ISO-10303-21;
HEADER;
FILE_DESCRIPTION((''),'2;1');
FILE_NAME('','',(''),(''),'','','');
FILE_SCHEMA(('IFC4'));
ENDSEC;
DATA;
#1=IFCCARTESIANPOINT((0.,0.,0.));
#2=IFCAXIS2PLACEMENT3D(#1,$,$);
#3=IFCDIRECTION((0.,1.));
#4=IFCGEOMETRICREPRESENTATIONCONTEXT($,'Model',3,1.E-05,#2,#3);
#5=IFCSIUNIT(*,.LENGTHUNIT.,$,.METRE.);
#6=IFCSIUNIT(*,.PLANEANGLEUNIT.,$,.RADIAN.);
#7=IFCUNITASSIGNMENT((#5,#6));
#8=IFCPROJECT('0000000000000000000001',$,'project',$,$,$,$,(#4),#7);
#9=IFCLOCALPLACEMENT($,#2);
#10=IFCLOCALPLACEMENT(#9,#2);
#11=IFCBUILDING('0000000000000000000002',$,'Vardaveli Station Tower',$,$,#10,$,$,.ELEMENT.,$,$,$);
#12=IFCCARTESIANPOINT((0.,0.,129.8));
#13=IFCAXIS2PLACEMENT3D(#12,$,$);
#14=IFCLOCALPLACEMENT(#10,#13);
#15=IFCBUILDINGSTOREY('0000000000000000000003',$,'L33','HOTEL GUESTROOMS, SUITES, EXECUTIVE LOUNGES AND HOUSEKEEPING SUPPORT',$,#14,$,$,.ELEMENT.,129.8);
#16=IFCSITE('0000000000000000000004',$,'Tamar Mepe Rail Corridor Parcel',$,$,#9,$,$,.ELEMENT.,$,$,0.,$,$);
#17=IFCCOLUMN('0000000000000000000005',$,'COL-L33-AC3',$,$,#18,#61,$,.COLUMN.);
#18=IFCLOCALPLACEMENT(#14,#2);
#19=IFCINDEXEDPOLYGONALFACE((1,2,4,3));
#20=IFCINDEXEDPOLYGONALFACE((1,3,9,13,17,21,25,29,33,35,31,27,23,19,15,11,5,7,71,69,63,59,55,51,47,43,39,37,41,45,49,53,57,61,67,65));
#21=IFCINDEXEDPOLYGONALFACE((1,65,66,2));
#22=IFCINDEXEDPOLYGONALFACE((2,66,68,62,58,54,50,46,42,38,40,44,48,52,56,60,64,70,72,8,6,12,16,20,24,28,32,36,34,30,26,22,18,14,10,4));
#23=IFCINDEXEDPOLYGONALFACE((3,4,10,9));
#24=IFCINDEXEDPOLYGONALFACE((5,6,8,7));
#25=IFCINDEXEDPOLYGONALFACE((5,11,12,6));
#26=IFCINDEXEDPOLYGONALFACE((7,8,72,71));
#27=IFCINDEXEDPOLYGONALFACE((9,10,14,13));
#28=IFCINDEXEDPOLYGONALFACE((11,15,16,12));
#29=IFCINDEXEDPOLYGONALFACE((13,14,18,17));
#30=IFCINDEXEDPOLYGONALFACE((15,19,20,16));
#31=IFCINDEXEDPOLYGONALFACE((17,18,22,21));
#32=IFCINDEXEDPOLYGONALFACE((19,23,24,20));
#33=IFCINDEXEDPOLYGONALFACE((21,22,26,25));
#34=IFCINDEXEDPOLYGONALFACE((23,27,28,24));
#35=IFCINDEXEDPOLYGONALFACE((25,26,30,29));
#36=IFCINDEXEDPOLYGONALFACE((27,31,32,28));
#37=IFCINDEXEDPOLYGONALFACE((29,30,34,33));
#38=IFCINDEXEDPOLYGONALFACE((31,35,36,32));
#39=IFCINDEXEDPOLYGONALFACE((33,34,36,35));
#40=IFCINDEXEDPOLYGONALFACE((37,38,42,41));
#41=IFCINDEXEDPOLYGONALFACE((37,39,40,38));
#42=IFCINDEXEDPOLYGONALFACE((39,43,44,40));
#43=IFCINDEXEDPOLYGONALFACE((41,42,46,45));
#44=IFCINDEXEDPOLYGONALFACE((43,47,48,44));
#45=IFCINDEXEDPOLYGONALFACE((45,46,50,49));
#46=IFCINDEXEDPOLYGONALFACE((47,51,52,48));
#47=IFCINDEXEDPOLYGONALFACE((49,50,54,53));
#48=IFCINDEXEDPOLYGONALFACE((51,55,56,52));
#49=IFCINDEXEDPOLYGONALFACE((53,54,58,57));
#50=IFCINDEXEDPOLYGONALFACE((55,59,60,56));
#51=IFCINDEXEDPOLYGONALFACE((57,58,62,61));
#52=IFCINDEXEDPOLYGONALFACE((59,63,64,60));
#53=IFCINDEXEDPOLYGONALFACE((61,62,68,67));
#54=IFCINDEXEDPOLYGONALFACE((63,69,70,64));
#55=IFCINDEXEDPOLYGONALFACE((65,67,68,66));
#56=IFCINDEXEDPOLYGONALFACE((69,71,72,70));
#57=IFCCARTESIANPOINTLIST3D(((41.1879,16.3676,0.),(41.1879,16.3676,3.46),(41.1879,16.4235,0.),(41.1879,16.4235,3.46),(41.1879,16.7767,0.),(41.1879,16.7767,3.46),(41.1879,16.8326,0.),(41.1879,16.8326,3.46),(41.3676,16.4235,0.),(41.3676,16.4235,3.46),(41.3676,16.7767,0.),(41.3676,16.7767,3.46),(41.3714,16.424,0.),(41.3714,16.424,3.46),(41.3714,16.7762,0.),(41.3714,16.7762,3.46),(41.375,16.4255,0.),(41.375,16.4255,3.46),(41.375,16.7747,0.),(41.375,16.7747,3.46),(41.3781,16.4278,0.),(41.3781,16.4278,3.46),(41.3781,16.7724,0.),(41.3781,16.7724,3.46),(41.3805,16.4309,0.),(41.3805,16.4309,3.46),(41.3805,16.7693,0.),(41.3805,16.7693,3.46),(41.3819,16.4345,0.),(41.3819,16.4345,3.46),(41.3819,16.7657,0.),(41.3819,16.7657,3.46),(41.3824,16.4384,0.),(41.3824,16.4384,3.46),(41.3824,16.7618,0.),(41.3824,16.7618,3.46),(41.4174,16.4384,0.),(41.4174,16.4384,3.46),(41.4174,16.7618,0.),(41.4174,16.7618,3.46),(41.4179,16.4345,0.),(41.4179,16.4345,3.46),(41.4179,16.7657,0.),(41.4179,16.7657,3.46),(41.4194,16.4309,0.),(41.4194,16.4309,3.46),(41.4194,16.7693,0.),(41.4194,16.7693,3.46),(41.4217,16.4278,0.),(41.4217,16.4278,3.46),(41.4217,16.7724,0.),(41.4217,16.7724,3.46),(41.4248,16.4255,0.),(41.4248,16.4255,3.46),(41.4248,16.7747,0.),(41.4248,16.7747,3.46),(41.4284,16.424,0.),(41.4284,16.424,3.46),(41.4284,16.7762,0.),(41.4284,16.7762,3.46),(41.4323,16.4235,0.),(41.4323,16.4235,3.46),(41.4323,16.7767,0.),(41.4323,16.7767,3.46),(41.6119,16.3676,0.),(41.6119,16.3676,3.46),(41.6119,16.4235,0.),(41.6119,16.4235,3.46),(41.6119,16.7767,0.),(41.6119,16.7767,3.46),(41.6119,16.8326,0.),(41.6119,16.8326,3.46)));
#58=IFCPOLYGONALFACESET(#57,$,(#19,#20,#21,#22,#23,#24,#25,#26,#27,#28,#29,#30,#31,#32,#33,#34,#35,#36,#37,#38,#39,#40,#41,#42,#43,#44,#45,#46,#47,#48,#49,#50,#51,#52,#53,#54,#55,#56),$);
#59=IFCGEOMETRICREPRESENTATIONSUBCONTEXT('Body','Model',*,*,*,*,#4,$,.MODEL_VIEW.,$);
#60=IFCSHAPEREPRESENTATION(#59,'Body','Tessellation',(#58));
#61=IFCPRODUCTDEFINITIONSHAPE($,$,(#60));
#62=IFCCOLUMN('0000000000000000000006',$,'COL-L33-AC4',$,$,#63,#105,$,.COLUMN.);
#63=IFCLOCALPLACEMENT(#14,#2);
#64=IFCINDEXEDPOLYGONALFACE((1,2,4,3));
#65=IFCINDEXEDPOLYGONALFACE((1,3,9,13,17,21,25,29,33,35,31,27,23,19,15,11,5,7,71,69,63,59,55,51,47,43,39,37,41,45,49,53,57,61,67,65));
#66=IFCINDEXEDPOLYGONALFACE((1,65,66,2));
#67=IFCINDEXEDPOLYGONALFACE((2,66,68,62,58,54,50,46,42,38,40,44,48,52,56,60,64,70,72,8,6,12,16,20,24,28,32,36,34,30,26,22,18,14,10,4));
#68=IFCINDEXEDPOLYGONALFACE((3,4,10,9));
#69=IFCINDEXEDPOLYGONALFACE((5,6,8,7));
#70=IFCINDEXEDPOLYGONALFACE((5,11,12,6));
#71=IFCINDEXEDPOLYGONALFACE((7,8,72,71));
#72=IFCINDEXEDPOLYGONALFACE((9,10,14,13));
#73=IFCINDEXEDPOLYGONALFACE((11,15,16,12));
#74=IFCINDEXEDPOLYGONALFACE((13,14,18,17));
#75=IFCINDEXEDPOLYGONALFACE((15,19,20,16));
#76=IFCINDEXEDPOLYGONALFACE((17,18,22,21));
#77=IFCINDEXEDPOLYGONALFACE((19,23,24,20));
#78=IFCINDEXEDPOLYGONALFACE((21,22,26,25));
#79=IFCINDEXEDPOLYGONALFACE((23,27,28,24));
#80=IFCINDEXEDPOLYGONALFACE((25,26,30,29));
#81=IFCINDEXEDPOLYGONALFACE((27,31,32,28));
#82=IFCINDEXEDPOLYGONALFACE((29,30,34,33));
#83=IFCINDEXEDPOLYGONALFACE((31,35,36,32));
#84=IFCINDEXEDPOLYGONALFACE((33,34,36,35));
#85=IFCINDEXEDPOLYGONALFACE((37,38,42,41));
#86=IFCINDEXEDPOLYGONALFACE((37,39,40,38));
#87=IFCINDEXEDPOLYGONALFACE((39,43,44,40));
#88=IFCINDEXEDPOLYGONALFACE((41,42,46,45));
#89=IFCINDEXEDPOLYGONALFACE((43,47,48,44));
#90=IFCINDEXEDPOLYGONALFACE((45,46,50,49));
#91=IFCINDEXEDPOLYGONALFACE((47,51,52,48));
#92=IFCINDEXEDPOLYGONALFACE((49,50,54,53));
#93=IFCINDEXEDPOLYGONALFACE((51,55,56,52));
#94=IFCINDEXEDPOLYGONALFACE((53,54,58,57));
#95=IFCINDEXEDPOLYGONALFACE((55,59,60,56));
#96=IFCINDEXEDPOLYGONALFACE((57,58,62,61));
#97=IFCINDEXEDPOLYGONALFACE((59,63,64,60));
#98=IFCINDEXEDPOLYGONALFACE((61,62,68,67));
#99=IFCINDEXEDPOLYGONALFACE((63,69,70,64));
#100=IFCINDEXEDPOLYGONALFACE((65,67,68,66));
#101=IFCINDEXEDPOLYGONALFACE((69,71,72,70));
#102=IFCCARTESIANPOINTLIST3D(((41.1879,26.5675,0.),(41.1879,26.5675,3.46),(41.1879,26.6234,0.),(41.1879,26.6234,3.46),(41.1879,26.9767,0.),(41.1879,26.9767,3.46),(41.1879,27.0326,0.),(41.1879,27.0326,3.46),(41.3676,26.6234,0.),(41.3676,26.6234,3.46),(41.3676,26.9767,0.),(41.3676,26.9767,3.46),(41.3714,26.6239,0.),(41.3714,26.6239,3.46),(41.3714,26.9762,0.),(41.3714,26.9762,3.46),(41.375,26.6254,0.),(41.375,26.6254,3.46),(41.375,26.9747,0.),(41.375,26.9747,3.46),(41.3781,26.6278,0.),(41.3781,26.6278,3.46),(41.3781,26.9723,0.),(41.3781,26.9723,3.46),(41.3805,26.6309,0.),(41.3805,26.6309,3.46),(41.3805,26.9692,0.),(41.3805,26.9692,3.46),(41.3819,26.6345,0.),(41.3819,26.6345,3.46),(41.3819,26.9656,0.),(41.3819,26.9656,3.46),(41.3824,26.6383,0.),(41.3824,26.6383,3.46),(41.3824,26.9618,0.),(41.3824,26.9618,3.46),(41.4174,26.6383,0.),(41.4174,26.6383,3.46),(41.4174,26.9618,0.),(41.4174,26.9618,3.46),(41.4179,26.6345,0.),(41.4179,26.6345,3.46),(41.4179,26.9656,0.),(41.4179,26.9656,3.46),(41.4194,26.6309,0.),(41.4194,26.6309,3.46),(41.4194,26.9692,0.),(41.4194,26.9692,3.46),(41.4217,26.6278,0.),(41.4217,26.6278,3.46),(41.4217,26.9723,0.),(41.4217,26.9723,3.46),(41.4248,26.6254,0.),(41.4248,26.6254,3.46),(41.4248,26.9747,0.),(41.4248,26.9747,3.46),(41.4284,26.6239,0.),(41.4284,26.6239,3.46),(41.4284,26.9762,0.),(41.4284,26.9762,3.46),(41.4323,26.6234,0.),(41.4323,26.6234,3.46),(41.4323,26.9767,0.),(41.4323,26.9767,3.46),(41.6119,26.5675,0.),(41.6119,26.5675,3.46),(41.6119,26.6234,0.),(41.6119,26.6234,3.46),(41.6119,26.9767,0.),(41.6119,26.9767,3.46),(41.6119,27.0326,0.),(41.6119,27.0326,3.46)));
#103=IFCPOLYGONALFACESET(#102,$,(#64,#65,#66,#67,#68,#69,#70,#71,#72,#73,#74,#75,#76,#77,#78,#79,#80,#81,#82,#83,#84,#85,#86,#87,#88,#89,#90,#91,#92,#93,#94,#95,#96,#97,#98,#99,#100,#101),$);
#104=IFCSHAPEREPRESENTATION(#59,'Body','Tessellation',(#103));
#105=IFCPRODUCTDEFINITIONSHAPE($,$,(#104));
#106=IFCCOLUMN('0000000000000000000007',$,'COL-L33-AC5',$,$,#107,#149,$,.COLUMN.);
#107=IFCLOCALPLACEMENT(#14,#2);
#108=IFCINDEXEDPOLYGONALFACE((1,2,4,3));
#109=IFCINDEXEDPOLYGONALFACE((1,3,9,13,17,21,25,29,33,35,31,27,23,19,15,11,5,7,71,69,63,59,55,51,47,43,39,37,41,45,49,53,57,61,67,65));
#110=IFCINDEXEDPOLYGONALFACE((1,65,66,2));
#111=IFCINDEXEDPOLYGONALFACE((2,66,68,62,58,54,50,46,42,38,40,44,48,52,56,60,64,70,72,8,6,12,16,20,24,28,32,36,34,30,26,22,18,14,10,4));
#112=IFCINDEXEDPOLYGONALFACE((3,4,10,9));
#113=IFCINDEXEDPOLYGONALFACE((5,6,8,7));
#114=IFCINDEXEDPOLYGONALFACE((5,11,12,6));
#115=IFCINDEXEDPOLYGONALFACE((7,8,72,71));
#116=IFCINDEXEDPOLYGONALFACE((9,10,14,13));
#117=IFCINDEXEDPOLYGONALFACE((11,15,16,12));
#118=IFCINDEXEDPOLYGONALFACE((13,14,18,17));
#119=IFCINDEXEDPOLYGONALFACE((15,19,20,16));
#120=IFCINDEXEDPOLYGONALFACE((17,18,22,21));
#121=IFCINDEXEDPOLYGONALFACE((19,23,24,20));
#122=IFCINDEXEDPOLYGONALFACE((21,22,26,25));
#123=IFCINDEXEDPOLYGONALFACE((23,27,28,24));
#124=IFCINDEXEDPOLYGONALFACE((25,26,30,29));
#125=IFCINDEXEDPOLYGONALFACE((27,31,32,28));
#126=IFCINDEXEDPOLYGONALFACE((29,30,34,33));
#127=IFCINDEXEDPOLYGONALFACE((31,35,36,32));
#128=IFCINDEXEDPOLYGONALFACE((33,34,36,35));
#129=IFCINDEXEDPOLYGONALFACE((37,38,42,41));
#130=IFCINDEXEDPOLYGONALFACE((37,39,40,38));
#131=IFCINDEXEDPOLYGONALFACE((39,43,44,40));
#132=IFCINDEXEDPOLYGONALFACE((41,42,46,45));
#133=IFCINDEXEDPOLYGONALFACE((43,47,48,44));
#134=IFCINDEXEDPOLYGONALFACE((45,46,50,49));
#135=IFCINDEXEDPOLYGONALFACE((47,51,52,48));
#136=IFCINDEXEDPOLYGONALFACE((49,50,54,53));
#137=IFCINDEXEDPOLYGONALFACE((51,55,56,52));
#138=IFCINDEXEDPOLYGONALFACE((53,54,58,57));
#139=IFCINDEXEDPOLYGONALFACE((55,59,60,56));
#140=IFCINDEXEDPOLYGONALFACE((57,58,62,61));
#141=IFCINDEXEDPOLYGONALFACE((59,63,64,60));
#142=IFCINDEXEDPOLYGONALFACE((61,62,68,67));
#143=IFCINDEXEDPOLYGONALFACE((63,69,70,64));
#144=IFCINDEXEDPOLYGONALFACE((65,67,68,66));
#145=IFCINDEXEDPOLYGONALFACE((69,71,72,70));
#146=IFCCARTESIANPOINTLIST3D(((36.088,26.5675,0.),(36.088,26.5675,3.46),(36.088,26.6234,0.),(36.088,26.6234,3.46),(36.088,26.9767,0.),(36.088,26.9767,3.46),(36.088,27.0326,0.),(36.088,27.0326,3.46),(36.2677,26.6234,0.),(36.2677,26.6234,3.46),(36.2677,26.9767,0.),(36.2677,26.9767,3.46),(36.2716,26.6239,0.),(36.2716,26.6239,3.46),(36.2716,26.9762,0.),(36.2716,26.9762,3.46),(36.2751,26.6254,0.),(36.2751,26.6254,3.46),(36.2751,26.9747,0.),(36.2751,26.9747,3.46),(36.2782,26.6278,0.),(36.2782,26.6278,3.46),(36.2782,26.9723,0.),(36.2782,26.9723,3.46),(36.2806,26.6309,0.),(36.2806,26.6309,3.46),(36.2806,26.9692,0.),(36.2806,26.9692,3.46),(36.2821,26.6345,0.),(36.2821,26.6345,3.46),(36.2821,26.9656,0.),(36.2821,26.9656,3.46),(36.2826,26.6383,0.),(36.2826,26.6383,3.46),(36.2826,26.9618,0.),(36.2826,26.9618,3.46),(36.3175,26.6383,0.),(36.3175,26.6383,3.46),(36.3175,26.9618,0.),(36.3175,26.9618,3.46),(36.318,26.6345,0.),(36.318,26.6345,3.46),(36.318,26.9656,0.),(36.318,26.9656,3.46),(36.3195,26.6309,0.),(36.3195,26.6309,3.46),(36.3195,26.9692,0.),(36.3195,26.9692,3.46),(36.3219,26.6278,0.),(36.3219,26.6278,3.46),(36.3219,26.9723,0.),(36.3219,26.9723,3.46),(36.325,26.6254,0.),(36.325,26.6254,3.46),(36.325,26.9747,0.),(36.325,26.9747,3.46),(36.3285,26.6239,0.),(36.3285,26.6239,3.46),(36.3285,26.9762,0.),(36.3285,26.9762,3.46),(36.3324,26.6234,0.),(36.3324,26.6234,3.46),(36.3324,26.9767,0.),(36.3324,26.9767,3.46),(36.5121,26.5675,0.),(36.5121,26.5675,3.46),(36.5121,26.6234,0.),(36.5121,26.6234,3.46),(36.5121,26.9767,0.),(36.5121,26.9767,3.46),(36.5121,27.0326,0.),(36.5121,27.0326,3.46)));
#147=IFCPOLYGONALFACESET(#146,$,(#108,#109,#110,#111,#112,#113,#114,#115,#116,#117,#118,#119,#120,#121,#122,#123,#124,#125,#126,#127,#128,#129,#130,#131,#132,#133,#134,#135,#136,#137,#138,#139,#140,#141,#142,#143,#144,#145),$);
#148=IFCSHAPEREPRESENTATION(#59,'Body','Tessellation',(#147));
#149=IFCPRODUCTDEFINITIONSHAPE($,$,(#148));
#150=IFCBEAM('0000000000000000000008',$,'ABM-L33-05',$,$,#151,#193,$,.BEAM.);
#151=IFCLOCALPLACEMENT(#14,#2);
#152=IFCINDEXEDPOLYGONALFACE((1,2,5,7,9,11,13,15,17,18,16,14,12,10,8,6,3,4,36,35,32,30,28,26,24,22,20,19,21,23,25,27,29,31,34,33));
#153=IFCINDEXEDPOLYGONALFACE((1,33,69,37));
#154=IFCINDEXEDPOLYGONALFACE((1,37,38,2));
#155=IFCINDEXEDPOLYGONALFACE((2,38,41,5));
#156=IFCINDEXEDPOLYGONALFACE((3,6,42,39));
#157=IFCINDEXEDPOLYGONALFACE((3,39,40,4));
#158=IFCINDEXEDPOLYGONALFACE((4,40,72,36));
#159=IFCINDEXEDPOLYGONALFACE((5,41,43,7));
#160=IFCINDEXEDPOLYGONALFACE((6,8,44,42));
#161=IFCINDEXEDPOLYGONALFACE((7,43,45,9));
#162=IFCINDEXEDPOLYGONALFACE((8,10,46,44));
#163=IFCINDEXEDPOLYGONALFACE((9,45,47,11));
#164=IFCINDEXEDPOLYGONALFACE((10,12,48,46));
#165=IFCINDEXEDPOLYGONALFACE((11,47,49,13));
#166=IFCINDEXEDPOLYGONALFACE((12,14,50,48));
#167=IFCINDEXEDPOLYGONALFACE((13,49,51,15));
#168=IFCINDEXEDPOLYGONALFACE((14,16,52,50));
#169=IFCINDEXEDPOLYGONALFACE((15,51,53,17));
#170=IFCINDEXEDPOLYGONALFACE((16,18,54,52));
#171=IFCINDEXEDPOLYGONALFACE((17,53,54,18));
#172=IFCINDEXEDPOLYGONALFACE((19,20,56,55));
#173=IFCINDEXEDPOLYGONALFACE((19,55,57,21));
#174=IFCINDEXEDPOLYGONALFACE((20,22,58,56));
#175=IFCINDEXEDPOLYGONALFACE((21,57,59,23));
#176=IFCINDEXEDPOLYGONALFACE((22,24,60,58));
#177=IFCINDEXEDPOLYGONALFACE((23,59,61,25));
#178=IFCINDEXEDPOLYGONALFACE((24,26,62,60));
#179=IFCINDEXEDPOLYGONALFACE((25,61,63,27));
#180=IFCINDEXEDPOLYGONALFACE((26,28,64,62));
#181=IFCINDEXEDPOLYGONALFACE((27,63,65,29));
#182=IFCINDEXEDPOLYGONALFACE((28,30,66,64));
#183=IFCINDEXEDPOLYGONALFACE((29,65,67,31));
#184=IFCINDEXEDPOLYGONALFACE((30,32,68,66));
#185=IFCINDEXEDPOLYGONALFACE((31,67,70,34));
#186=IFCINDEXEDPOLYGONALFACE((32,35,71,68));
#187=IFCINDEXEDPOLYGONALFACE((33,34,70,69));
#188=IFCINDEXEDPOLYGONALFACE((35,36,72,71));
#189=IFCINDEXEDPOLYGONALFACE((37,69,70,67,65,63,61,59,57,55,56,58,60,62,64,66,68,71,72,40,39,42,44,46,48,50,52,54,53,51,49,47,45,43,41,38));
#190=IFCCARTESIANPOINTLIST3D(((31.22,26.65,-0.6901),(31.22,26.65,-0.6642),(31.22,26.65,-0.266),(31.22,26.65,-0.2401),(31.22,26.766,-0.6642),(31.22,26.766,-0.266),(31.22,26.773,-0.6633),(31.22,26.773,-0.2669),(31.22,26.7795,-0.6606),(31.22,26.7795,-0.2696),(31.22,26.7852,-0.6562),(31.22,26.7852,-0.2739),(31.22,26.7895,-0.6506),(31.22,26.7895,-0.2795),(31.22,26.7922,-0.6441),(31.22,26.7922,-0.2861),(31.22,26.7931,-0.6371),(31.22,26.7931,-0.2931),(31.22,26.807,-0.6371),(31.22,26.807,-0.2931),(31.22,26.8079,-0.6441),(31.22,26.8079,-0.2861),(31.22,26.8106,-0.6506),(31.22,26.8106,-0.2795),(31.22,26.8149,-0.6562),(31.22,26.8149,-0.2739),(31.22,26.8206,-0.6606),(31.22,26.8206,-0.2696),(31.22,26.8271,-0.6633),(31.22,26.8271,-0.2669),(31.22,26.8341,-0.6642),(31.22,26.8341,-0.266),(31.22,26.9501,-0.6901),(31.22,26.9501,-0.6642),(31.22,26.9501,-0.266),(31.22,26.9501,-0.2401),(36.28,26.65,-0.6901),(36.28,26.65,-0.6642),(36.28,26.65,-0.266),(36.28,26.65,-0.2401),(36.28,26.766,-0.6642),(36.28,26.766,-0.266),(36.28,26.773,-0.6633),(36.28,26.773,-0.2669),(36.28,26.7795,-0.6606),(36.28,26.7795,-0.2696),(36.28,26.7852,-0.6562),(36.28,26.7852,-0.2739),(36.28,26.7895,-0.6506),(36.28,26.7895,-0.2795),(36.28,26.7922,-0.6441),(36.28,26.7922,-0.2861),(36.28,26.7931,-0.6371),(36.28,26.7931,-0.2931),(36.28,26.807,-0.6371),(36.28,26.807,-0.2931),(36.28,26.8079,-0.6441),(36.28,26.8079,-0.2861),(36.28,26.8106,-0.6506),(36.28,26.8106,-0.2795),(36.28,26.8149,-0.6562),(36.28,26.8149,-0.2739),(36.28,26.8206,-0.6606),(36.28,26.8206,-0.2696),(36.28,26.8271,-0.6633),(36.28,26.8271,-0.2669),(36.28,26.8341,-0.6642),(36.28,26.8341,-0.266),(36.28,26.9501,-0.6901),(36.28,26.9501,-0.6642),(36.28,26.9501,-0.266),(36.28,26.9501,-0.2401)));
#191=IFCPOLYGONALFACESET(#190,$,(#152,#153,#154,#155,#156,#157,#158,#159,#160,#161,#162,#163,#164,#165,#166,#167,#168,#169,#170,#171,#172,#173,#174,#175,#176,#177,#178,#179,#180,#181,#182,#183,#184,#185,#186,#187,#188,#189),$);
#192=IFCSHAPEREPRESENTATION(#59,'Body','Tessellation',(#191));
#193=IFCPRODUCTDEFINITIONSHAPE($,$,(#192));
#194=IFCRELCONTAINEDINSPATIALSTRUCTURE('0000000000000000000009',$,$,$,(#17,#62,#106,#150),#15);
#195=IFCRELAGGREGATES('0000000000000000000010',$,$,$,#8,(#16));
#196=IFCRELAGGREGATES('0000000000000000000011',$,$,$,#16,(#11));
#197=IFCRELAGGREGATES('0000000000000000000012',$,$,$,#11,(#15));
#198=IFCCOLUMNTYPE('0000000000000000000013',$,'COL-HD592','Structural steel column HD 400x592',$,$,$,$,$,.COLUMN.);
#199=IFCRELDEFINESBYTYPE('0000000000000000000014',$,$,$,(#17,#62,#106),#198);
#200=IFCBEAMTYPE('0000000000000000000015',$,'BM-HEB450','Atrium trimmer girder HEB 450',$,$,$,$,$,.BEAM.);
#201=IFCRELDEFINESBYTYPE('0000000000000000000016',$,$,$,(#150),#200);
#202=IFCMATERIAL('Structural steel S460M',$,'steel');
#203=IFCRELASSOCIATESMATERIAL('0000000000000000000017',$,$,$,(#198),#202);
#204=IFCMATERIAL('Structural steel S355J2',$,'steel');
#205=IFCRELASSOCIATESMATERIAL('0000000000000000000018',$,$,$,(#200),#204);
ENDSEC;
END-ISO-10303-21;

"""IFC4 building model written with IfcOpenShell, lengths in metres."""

from ifc_helpers import new_model, si_unit, direction, frame, origin, origin_2d, place, context, subcontext, project, spatial, i_section, extrude, source, transform, mapped, material, material_profile, profile_set, type_object, element, save


model = new_model("IFC4")

# Units and contexts
model_context = context("Model", 3, precision=1e-05, world=origin(), true_north=direction((0.0, 1.0)))
body_context = subcontext(model_context, "Body", "Model", "MODEL_VIEW")
ifc_project = project(units=[si_unit("LENGTHUNIT", "METRE"), si_unit("PLANEANGLEUNIT", "RADIAN")], contexts=[model_context])

# Site, building, storey
site_placement = place(None, origin())
site = spatial("IfcSite", under=ifc_project, at=site_placement, Name="Tamar Mepe Rail Corridor Parcel", CompositionType="ELEMENT", RefElevation=0.0)
building_placement = place(site_placement, origin())
building = spatial("IfcBuilding", under=site, at=building_placement, Name="Vardaveli Station Tower", CompositionType="ELEMENT")
storey_placement = place(building_placement, frame((0.0, 0.0, 129.8)))
storey = spatial("IfcBuildingStorey", under=building, at=storey_placement, Name="L33", Description="HOTEL GUESTROOMS, SUITES, EXECUTIVE LOUNGES AND HOUSEKEEPING SUPPORT", CompositionType="ELEMENT", Elevation=129.8)

# Columns
ifc_material_1 = material(Name="Structural steel S460M", Category="steel")
ifc_material_profile_1 = material_profile(ifc_material_1, i_section(OverallWidth=0.4241, OverallDepth=0.4651, WebThickness=0.0349, FlangeThickness=0.0559, FilletRadius=0.0149, at=origin_2d()), Name="HD 400x592")
ifc_profile_set_1 = profile_set([ifc_material_profile_1], Name="Structural steel S460M")
column_type = type_object("IfcColumnType", Name="COL-HD592", Description="Structural steel column HD 400x592", PredefinedType="COLUMN", material=ifc_profile_set_1)
shared_shape_1 = source(origin(), body_context, "Body", "SweptSolid", [
    extrude(i_section(OverallWidth=0.4241, OverallDepth=0.4651, WebThickness=0.0349, FlangeThickness=0.0559, FilletRadius=0.0149, at=origin_2d()), origin(), (0.0, 0.0, 1.0), 3.46),
])
for number, where, z_axis, x_axis, name in (
    (1, (41.3999, 16.6001, 0.0), (0.0, 0.0, 1.0), (1.0, 0.0, 0.0), "COL-L33-AC3"),
    (2, (41.3999, 26.8, 0.0), (0.0, 0.0, 1.0), (1.0, 0.0, 0.0), "COL-L33-AC4"),
    (3, (36.3, 26.8, 0.0), (0.0, 0.0, 1.0), (1.0, 0.0, 0.0), "COL-L33-AC5"),
):
    element("IfcColumn", number, at=place(storey_placement, frame(where, z_axis=z_axis, x_axis=x_axis)), inside=storey, type_object=column_type, Name=name, PredefinedType="COLUMN", context=body_context, shape_type="MappedRepresentation", body=[
        mapped(shared_shape_1, transform((0.0, 0.0, 0.0), scale=1.0)),
    ])

# Beam
ifc_material_2 = material(Name="Structural steel S355J2", Category="steel")
ifc_material_profile_2 = material_profile(ifc_material_2, i_section(OverallWidth=0.3, OverallDepth=0.45, WebThickness=0.0139, FlangeThickness=0.0259, FilletRadius=0.0271, at=origin_2d()), Name="HEB 450")
ifc_profile_set_2 = profile_set([ifc_material_profile_2], Name="Structural steel S355J2")
beam_type_1 = type_object("IfcBeamType", Name="BM-HEB450", Description="Atrium trimmer girder HEB 450", PredefinedType="BEAM", material=ifc_profile_set_2)
shared_shape_2 = source(origin(), body_context, "Body", "SweptSolid", [
    extrude(i_section(OverallWidth=0.3, OverallDepth=0.45, WebThickness=0.0139, FlangeThickness=0.0259, FilletRadius=0.0271, at=origin_2d()), origin(), (0.0, 0.0, 1.0), 5.0601),
])
beam_1_placement = place(storey_placement, frame((36.28, 26.8, -0.4651), z_axis=(-1.0, 0.0, 0.0), x_axis=(0.0, -1.0, 0.0)))
element("IfcBeam", 4, at=beam_1_placement, inside=storey, type_object=beam_type_1, Name="ABM-L33-05", PredefinedType="BEAM", context=body_context, shape_type="MappedRepresentation", body=[
    mapped(shared_shape_2, transform((0.0, 0.0, 0.0), scale=1.0)),
])

save(model, "model.ifc")
